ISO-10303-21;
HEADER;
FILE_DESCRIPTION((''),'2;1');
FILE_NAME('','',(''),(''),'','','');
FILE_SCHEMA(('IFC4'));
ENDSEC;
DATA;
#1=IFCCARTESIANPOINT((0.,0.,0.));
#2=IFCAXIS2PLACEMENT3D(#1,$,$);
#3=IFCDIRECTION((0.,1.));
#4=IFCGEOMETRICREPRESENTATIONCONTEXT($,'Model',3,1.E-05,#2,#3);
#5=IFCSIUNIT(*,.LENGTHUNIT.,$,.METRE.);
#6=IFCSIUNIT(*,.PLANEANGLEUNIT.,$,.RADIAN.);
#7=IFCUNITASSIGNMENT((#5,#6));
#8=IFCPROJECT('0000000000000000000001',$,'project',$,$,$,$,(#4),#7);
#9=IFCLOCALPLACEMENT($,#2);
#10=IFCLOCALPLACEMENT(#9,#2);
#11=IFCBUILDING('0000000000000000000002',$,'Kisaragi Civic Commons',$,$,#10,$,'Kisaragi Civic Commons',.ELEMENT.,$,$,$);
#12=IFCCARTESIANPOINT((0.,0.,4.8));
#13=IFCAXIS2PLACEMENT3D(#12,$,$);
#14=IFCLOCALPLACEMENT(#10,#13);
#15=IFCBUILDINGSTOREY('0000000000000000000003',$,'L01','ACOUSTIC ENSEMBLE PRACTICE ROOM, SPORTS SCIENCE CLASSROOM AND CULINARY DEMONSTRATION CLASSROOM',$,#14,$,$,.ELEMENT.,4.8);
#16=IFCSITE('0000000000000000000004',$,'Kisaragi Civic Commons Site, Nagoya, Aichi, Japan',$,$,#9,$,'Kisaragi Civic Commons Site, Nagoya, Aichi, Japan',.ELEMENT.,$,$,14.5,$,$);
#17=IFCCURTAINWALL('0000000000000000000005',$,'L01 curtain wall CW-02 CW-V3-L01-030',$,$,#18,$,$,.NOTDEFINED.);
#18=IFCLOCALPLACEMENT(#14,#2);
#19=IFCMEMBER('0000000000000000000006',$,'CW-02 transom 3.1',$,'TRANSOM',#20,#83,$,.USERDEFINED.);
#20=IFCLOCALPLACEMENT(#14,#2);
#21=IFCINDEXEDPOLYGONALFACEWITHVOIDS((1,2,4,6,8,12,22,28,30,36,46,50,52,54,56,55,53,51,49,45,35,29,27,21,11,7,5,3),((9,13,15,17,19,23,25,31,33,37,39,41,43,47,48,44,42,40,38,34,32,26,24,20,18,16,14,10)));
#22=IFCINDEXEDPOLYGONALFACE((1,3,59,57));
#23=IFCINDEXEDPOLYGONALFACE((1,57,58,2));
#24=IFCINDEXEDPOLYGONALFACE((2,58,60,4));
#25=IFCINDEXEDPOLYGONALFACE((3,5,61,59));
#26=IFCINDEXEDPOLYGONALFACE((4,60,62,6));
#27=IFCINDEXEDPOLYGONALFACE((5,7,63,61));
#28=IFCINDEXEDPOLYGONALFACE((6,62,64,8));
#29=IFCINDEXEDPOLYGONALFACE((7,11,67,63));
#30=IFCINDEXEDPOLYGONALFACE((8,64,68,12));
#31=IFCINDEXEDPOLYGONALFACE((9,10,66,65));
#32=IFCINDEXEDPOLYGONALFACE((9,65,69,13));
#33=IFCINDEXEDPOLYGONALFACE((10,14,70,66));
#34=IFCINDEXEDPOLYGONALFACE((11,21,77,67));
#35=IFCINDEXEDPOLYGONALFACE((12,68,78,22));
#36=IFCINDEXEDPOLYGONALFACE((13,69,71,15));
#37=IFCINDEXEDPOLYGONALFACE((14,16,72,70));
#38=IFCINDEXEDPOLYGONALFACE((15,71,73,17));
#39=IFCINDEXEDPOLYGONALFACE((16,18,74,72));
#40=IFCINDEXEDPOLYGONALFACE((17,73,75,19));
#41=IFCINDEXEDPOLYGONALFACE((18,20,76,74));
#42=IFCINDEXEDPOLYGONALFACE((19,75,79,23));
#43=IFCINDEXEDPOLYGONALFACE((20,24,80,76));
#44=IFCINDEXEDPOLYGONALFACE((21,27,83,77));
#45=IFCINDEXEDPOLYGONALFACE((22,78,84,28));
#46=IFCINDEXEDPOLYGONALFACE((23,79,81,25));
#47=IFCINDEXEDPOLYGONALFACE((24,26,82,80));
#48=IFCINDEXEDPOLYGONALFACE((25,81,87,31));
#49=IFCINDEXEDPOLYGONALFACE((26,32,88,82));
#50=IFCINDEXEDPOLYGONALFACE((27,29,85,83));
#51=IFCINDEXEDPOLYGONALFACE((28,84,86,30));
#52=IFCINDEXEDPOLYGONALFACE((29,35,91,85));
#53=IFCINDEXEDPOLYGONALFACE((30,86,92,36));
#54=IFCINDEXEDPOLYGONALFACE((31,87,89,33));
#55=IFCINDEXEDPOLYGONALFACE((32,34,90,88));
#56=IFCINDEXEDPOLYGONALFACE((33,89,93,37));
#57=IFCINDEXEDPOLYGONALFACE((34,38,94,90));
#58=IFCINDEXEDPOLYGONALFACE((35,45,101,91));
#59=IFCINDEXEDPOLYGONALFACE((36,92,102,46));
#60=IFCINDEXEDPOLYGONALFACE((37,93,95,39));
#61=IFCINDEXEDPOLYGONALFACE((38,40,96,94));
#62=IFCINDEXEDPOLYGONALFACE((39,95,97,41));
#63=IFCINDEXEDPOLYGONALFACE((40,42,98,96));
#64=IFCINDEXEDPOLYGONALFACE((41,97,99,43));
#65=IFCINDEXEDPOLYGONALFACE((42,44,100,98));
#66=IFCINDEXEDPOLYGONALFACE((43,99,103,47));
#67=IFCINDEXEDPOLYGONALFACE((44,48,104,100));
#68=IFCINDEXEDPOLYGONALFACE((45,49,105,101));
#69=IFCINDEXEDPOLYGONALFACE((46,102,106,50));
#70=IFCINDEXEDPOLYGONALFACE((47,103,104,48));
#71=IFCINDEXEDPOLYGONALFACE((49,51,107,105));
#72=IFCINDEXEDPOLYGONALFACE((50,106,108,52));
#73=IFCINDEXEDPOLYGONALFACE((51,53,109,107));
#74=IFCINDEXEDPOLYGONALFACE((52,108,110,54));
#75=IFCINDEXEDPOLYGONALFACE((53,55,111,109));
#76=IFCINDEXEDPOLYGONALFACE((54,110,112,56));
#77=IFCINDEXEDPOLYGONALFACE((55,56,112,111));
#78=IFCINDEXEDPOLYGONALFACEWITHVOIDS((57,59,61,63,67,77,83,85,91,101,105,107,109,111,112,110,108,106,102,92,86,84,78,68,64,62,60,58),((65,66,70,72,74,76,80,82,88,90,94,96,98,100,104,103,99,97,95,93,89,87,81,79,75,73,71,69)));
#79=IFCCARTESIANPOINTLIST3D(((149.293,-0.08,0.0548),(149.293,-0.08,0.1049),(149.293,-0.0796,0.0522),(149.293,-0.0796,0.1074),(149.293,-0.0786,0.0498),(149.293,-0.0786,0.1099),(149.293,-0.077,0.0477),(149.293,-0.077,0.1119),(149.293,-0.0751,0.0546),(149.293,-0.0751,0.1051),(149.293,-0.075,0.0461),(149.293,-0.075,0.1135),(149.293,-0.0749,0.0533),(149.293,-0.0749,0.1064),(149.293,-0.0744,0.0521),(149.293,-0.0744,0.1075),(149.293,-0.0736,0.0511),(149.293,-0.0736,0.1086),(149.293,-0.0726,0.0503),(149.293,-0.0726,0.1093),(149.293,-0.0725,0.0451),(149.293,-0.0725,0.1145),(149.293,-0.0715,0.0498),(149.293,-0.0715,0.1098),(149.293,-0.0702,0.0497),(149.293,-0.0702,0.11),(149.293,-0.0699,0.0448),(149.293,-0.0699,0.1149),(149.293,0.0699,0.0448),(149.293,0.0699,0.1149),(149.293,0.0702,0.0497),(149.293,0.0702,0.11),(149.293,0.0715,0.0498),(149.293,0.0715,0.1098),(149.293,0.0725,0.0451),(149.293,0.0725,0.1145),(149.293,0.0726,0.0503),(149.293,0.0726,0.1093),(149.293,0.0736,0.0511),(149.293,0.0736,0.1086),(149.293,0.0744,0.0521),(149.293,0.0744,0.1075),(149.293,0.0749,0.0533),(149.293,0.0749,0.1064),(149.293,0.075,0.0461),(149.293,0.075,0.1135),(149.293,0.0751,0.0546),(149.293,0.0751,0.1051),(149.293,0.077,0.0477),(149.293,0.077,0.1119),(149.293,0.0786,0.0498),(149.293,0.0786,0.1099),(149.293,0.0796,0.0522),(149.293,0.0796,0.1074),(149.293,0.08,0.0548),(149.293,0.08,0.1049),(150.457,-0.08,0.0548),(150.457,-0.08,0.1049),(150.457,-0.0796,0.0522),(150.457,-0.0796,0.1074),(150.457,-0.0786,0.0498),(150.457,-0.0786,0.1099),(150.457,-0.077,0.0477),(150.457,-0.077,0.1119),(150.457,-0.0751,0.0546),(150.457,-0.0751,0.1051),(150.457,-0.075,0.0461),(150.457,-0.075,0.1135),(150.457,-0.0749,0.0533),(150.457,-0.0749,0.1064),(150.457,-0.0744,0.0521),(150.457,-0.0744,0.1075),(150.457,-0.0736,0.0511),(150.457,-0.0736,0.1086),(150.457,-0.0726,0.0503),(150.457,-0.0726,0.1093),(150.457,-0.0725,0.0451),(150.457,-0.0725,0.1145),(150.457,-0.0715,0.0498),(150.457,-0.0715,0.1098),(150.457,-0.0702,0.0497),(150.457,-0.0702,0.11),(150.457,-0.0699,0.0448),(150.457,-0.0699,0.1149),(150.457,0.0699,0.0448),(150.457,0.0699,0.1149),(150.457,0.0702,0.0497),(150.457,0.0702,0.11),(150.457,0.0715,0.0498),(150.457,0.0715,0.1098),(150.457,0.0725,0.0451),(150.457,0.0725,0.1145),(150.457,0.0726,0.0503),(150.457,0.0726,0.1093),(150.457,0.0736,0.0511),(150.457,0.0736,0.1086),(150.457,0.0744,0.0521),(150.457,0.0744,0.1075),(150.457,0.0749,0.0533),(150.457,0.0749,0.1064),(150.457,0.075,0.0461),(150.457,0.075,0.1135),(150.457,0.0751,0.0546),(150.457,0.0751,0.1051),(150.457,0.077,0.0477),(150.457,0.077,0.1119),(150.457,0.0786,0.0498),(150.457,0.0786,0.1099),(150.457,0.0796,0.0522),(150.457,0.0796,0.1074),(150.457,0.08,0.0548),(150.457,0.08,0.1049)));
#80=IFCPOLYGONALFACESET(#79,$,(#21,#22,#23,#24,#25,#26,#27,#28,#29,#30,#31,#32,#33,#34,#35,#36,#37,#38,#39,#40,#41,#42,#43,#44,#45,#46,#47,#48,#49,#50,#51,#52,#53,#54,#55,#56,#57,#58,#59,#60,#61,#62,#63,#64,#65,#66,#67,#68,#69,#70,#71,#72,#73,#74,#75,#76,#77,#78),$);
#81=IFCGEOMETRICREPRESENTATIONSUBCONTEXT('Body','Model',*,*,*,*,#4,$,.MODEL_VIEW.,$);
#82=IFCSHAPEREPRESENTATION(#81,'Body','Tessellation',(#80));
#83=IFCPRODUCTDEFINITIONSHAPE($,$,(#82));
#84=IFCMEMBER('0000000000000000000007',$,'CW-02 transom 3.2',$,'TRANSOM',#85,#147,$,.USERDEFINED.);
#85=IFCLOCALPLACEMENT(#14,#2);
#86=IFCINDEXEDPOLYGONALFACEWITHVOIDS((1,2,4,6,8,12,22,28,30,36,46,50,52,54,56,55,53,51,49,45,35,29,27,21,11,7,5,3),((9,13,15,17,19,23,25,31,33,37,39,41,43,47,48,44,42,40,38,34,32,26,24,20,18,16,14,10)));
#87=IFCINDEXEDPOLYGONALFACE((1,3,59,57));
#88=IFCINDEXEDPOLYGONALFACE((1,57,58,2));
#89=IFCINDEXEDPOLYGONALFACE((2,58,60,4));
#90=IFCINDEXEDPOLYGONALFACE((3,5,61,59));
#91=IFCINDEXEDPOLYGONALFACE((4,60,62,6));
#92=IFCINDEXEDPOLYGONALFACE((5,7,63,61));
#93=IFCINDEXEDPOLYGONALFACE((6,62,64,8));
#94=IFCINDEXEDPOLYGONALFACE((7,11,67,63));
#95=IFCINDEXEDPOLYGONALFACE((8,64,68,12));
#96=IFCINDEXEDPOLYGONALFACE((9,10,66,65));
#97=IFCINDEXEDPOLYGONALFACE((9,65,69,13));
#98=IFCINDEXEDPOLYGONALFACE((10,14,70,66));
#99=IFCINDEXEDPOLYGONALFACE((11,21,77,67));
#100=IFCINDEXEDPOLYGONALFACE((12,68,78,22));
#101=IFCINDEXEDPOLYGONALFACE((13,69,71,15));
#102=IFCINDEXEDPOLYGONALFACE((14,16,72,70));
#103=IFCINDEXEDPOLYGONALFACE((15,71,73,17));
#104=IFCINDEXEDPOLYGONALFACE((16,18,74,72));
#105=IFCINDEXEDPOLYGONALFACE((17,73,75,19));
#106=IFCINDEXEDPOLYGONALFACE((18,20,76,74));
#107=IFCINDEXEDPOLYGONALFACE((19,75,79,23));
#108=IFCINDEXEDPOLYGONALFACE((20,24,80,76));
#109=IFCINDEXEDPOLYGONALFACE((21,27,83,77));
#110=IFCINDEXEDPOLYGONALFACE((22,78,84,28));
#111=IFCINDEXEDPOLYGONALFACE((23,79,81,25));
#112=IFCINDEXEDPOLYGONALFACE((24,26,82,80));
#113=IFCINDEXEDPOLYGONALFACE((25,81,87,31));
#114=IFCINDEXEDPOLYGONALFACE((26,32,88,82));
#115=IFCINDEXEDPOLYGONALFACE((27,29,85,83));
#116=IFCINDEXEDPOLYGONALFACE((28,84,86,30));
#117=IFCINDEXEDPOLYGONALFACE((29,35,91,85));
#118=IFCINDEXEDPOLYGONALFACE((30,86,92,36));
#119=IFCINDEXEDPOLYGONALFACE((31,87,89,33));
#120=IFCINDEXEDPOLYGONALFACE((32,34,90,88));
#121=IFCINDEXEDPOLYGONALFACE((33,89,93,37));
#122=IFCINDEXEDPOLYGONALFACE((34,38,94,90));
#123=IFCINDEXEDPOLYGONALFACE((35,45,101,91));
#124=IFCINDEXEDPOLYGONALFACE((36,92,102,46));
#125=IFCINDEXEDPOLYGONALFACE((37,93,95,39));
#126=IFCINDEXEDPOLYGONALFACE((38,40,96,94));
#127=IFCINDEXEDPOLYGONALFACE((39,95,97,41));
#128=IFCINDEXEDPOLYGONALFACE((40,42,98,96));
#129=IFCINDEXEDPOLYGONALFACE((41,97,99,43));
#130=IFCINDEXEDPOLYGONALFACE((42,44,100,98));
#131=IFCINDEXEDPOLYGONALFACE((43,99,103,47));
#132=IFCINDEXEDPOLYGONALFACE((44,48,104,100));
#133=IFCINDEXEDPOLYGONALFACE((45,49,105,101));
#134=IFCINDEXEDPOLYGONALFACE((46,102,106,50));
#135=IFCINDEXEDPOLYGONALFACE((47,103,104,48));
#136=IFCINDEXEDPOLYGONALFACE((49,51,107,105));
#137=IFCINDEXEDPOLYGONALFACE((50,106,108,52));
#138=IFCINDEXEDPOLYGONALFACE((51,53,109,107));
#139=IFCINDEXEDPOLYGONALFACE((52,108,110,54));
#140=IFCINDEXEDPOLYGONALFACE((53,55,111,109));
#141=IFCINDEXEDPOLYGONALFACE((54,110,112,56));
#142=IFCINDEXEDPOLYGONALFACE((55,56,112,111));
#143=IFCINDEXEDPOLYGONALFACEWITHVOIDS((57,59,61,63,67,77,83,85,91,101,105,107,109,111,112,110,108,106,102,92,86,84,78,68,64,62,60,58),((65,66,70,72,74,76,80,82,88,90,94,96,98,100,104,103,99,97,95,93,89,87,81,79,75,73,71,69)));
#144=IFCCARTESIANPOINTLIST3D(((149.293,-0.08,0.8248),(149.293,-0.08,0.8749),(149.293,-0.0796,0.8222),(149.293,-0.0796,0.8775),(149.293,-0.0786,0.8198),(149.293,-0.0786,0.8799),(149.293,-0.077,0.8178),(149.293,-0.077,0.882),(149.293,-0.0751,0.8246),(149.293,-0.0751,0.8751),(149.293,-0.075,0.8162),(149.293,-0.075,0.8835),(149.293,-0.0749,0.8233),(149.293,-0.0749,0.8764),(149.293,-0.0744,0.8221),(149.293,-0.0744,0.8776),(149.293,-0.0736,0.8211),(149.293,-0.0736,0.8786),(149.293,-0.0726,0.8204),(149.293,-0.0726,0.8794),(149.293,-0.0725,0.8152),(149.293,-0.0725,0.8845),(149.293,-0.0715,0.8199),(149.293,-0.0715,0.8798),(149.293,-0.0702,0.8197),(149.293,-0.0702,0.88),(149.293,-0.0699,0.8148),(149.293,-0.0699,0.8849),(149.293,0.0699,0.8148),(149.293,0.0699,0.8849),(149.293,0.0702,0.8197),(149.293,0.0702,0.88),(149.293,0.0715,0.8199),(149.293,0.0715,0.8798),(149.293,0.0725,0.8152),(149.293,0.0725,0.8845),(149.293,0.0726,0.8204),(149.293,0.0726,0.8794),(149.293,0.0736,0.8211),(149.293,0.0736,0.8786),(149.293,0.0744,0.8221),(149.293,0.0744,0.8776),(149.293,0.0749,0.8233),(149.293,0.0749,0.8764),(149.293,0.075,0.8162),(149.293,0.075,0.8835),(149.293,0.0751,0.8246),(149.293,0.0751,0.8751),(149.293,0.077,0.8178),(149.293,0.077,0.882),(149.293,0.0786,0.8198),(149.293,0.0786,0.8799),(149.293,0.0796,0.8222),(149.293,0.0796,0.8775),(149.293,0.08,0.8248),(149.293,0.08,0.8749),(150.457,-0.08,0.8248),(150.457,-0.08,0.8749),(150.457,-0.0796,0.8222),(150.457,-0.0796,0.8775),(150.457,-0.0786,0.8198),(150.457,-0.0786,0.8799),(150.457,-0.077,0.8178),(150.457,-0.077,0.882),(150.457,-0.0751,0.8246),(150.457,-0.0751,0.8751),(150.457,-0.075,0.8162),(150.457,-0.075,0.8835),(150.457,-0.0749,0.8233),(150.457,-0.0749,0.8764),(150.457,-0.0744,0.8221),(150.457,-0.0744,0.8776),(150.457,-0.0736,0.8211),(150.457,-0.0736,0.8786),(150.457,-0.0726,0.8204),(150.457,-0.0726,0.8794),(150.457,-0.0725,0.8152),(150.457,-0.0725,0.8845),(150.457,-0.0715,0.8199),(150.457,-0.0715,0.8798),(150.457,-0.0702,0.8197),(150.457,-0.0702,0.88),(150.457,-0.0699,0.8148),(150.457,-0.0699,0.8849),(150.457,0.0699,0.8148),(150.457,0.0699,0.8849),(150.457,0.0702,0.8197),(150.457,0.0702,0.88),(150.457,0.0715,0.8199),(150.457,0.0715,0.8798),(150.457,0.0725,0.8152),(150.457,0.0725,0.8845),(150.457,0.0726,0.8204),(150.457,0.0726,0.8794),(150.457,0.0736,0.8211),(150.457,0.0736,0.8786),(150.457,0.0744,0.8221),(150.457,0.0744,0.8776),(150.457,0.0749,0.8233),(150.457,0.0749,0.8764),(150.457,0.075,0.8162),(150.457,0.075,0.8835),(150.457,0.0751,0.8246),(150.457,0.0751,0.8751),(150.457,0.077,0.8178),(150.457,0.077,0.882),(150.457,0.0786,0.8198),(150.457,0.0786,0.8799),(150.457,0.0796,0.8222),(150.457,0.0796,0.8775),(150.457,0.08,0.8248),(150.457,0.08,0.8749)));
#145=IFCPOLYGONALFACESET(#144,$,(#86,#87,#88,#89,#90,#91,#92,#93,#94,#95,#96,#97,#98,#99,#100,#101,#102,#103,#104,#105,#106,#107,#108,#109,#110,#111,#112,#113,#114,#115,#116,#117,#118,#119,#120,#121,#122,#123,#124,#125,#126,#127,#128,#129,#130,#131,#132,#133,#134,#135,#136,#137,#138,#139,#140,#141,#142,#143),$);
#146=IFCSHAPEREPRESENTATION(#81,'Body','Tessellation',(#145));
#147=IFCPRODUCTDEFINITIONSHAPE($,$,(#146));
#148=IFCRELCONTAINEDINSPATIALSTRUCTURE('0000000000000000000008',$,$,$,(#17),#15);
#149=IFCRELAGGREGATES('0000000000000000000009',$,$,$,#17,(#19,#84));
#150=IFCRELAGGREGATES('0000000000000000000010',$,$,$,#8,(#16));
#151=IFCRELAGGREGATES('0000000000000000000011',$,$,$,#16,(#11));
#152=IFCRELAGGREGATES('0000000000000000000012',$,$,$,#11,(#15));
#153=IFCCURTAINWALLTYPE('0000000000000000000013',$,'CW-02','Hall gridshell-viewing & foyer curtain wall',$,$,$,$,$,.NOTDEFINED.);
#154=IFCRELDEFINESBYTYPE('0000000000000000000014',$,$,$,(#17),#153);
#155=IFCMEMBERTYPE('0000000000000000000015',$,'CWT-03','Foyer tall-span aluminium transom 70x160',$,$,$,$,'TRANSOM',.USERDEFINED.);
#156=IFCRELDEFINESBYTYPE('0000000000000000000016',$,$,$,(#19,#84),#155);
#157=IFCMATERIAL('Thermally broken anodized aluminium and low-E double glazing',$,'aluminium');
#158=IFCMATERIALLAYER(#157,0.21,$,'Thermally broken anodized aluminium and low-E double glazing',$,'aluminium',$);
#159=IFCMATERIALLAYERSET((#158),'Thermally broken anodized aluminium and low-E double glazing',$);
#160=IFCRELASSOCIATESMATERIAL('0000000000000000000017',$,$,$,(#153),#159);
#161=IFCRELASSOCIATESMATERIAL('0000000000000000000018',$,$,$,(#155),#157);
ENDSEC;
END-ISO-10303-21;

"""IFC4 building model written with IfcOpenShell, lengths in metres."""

from ifc_helpers import new_model, si_unit, direction, frame, origin, origin_2d, place, context, subcontext, project, spatial, hollow_rectangle, extrude, material, layer, layer_set, material_profile, profile_set, type_object, element, aggregate, save


model = new_model("IFC4")

# Units and contexts
model_context = context("Model", 3, precision=1e-05, world=origin(), true_north=direction((0.0, 1.0)))
body_context = subcontext(model_context, "Body", "Model", "MODEL_VIEW")
ifc_project = project(units=[si_unit("LENGTHUNIT", "METRE"), si_unit("PLANEANGLEUNIT", "RADIAN")], contexts=[model_context])

# Site, building, storey
site_placement = place(None, origin())
site = spatial("IfcSite", under=ifc_project, at=site_placement, Name="Kisaragi Civic Commons Site, Nagoya, Aichi, Japan", LongName="Kisaragi Civic Commons Site, Nagoya, Aichi, Japan", CompositionType="ELEMENT", RefElevation=14.5)
building_placement = place(site_placement, origin())
building = spatial("IfcBuilding", under=site, at=building_placement, Name="Kisaragi Civic Commons", LongName="Kisaragi Civic Commons", CompositionType="ELEMENT")
storey_placement = place(building_placement, frame((0.0, 0.0, 4.8)))
storey = spatial("IfcBuildingStorey", under=building, at=storey_placement, Name="L01", Description="ACOUSTIC ENSEMBLE PRACTICE ROOM, SPORTS SCIENCE CLASSROOM AND CULINARY DEMONSTRATION CLASSROOM", CompositionType="ELEMENT", Elevation=4.8)

# Curtain wall, members
ifc_material_1 = material(Name="Thermally broken anodized aluminium and low-E double glazing", Category="aluminium")
ifc_layer_1 = layer(ifc_material_1, 0.21, Name="Thermally broken anodized aluminium and low-E double glazing", Category="aluminium")
ifc_layer_set_1 = layer_set([ifc_layer_1], Name="Thermally broken anodized aluminium and low-E double glazing")
curtain_wall_type = type_object("IfcCurtainWallType", Name="CW-02", Description="Hall gridshell-viewing & foyer curtain wall", PredefinedType="NOTDEFINED", material=ifc_layer_set_1)
curtain_wall_placement = place(storey_placement, origin())
curtain_wall = element("IfcCurtainWall", 1, at=curtain_wall_placement, inside=storey, type_object=curtain_wall_type, Name="L01 curtain wall CW-02 CW-V3-L01-030", PredefinedType="NOTDEFINED")
ifc_material_profile_1 = material_profile(ifc_material_1, hollow_rectangle(XDim=0.1599, YDim=0.0701, WallThickness=0.0049, InnerFilletRadius=0.0049, OuterFilletRadius=0.01, at=origin_2d()), Name="CWT-70x160x5", Category="aluminium")
ifc_profile_set_1 = profile_set([ifc_material_profile_1], Name="Thermally broken anodized aluminium and low-E double glazing")
member_type_1 = type_object("IfcMemberType", Name="CWT-03", Description="Foyer tall-span aluminium transom 70x160", ElementType="TRANSOM", PredefinedType="USERDEFINED", material=ifc_profile_set_1)
member_1_placement = place(storey_placement, frame((150.457, 0.0, 0.0798), z_axis=(-1.0, 0.0, 0.0), x_axis=(0.0, -1.0, 0.0)))
member_1 = element("IfcMember", 2, at=member_1_placement, type_object=member_type_1, Name="CW-02 transom 3.1", ObjectType="TRANSOM", PredefinedType="USERDEFINED", context=body_context, shape_type="SweptSolid", body=[
    extrude(hollow_rectangle(XDim=0.1599, YDim=0.0701, WallThickness=0.0049, InnerFilletRadius=0.0049, OuterFilletRadius=0.01, at=origin_2d()), origin(), (0.0, 0.0, 1.0), 1.1641),
])
member_2_placement = place(storey_placement, frame((150.457, 0.0, 0.8499), z_axis=(-1.0, 0.0, 0.0), x_axis=(0.0, -1.0, 0.0)))
member_2 = element("IfcMember", 3, at=member_2_placement, type_object=member_type_1, Name="CW-02 transom 3.2", ObjectType="TRANSOM", PredefinedType="USERDEFINED", context=body_context, shape_type="SweptSolid", body=[
    extrude(hollow_rectangle(XDim=0.1599, YDim=0.0701, WallThickness=0.0049, InnerFilletRadius=0.0049, OuterFilletRadius=0.01, at=origin_2d()), origin(), (0.0, 0.0, 1.0), 1.1641),
])

aggregate(curtain_wall, [member_1, member_2])

save(model, "model.ifc")
